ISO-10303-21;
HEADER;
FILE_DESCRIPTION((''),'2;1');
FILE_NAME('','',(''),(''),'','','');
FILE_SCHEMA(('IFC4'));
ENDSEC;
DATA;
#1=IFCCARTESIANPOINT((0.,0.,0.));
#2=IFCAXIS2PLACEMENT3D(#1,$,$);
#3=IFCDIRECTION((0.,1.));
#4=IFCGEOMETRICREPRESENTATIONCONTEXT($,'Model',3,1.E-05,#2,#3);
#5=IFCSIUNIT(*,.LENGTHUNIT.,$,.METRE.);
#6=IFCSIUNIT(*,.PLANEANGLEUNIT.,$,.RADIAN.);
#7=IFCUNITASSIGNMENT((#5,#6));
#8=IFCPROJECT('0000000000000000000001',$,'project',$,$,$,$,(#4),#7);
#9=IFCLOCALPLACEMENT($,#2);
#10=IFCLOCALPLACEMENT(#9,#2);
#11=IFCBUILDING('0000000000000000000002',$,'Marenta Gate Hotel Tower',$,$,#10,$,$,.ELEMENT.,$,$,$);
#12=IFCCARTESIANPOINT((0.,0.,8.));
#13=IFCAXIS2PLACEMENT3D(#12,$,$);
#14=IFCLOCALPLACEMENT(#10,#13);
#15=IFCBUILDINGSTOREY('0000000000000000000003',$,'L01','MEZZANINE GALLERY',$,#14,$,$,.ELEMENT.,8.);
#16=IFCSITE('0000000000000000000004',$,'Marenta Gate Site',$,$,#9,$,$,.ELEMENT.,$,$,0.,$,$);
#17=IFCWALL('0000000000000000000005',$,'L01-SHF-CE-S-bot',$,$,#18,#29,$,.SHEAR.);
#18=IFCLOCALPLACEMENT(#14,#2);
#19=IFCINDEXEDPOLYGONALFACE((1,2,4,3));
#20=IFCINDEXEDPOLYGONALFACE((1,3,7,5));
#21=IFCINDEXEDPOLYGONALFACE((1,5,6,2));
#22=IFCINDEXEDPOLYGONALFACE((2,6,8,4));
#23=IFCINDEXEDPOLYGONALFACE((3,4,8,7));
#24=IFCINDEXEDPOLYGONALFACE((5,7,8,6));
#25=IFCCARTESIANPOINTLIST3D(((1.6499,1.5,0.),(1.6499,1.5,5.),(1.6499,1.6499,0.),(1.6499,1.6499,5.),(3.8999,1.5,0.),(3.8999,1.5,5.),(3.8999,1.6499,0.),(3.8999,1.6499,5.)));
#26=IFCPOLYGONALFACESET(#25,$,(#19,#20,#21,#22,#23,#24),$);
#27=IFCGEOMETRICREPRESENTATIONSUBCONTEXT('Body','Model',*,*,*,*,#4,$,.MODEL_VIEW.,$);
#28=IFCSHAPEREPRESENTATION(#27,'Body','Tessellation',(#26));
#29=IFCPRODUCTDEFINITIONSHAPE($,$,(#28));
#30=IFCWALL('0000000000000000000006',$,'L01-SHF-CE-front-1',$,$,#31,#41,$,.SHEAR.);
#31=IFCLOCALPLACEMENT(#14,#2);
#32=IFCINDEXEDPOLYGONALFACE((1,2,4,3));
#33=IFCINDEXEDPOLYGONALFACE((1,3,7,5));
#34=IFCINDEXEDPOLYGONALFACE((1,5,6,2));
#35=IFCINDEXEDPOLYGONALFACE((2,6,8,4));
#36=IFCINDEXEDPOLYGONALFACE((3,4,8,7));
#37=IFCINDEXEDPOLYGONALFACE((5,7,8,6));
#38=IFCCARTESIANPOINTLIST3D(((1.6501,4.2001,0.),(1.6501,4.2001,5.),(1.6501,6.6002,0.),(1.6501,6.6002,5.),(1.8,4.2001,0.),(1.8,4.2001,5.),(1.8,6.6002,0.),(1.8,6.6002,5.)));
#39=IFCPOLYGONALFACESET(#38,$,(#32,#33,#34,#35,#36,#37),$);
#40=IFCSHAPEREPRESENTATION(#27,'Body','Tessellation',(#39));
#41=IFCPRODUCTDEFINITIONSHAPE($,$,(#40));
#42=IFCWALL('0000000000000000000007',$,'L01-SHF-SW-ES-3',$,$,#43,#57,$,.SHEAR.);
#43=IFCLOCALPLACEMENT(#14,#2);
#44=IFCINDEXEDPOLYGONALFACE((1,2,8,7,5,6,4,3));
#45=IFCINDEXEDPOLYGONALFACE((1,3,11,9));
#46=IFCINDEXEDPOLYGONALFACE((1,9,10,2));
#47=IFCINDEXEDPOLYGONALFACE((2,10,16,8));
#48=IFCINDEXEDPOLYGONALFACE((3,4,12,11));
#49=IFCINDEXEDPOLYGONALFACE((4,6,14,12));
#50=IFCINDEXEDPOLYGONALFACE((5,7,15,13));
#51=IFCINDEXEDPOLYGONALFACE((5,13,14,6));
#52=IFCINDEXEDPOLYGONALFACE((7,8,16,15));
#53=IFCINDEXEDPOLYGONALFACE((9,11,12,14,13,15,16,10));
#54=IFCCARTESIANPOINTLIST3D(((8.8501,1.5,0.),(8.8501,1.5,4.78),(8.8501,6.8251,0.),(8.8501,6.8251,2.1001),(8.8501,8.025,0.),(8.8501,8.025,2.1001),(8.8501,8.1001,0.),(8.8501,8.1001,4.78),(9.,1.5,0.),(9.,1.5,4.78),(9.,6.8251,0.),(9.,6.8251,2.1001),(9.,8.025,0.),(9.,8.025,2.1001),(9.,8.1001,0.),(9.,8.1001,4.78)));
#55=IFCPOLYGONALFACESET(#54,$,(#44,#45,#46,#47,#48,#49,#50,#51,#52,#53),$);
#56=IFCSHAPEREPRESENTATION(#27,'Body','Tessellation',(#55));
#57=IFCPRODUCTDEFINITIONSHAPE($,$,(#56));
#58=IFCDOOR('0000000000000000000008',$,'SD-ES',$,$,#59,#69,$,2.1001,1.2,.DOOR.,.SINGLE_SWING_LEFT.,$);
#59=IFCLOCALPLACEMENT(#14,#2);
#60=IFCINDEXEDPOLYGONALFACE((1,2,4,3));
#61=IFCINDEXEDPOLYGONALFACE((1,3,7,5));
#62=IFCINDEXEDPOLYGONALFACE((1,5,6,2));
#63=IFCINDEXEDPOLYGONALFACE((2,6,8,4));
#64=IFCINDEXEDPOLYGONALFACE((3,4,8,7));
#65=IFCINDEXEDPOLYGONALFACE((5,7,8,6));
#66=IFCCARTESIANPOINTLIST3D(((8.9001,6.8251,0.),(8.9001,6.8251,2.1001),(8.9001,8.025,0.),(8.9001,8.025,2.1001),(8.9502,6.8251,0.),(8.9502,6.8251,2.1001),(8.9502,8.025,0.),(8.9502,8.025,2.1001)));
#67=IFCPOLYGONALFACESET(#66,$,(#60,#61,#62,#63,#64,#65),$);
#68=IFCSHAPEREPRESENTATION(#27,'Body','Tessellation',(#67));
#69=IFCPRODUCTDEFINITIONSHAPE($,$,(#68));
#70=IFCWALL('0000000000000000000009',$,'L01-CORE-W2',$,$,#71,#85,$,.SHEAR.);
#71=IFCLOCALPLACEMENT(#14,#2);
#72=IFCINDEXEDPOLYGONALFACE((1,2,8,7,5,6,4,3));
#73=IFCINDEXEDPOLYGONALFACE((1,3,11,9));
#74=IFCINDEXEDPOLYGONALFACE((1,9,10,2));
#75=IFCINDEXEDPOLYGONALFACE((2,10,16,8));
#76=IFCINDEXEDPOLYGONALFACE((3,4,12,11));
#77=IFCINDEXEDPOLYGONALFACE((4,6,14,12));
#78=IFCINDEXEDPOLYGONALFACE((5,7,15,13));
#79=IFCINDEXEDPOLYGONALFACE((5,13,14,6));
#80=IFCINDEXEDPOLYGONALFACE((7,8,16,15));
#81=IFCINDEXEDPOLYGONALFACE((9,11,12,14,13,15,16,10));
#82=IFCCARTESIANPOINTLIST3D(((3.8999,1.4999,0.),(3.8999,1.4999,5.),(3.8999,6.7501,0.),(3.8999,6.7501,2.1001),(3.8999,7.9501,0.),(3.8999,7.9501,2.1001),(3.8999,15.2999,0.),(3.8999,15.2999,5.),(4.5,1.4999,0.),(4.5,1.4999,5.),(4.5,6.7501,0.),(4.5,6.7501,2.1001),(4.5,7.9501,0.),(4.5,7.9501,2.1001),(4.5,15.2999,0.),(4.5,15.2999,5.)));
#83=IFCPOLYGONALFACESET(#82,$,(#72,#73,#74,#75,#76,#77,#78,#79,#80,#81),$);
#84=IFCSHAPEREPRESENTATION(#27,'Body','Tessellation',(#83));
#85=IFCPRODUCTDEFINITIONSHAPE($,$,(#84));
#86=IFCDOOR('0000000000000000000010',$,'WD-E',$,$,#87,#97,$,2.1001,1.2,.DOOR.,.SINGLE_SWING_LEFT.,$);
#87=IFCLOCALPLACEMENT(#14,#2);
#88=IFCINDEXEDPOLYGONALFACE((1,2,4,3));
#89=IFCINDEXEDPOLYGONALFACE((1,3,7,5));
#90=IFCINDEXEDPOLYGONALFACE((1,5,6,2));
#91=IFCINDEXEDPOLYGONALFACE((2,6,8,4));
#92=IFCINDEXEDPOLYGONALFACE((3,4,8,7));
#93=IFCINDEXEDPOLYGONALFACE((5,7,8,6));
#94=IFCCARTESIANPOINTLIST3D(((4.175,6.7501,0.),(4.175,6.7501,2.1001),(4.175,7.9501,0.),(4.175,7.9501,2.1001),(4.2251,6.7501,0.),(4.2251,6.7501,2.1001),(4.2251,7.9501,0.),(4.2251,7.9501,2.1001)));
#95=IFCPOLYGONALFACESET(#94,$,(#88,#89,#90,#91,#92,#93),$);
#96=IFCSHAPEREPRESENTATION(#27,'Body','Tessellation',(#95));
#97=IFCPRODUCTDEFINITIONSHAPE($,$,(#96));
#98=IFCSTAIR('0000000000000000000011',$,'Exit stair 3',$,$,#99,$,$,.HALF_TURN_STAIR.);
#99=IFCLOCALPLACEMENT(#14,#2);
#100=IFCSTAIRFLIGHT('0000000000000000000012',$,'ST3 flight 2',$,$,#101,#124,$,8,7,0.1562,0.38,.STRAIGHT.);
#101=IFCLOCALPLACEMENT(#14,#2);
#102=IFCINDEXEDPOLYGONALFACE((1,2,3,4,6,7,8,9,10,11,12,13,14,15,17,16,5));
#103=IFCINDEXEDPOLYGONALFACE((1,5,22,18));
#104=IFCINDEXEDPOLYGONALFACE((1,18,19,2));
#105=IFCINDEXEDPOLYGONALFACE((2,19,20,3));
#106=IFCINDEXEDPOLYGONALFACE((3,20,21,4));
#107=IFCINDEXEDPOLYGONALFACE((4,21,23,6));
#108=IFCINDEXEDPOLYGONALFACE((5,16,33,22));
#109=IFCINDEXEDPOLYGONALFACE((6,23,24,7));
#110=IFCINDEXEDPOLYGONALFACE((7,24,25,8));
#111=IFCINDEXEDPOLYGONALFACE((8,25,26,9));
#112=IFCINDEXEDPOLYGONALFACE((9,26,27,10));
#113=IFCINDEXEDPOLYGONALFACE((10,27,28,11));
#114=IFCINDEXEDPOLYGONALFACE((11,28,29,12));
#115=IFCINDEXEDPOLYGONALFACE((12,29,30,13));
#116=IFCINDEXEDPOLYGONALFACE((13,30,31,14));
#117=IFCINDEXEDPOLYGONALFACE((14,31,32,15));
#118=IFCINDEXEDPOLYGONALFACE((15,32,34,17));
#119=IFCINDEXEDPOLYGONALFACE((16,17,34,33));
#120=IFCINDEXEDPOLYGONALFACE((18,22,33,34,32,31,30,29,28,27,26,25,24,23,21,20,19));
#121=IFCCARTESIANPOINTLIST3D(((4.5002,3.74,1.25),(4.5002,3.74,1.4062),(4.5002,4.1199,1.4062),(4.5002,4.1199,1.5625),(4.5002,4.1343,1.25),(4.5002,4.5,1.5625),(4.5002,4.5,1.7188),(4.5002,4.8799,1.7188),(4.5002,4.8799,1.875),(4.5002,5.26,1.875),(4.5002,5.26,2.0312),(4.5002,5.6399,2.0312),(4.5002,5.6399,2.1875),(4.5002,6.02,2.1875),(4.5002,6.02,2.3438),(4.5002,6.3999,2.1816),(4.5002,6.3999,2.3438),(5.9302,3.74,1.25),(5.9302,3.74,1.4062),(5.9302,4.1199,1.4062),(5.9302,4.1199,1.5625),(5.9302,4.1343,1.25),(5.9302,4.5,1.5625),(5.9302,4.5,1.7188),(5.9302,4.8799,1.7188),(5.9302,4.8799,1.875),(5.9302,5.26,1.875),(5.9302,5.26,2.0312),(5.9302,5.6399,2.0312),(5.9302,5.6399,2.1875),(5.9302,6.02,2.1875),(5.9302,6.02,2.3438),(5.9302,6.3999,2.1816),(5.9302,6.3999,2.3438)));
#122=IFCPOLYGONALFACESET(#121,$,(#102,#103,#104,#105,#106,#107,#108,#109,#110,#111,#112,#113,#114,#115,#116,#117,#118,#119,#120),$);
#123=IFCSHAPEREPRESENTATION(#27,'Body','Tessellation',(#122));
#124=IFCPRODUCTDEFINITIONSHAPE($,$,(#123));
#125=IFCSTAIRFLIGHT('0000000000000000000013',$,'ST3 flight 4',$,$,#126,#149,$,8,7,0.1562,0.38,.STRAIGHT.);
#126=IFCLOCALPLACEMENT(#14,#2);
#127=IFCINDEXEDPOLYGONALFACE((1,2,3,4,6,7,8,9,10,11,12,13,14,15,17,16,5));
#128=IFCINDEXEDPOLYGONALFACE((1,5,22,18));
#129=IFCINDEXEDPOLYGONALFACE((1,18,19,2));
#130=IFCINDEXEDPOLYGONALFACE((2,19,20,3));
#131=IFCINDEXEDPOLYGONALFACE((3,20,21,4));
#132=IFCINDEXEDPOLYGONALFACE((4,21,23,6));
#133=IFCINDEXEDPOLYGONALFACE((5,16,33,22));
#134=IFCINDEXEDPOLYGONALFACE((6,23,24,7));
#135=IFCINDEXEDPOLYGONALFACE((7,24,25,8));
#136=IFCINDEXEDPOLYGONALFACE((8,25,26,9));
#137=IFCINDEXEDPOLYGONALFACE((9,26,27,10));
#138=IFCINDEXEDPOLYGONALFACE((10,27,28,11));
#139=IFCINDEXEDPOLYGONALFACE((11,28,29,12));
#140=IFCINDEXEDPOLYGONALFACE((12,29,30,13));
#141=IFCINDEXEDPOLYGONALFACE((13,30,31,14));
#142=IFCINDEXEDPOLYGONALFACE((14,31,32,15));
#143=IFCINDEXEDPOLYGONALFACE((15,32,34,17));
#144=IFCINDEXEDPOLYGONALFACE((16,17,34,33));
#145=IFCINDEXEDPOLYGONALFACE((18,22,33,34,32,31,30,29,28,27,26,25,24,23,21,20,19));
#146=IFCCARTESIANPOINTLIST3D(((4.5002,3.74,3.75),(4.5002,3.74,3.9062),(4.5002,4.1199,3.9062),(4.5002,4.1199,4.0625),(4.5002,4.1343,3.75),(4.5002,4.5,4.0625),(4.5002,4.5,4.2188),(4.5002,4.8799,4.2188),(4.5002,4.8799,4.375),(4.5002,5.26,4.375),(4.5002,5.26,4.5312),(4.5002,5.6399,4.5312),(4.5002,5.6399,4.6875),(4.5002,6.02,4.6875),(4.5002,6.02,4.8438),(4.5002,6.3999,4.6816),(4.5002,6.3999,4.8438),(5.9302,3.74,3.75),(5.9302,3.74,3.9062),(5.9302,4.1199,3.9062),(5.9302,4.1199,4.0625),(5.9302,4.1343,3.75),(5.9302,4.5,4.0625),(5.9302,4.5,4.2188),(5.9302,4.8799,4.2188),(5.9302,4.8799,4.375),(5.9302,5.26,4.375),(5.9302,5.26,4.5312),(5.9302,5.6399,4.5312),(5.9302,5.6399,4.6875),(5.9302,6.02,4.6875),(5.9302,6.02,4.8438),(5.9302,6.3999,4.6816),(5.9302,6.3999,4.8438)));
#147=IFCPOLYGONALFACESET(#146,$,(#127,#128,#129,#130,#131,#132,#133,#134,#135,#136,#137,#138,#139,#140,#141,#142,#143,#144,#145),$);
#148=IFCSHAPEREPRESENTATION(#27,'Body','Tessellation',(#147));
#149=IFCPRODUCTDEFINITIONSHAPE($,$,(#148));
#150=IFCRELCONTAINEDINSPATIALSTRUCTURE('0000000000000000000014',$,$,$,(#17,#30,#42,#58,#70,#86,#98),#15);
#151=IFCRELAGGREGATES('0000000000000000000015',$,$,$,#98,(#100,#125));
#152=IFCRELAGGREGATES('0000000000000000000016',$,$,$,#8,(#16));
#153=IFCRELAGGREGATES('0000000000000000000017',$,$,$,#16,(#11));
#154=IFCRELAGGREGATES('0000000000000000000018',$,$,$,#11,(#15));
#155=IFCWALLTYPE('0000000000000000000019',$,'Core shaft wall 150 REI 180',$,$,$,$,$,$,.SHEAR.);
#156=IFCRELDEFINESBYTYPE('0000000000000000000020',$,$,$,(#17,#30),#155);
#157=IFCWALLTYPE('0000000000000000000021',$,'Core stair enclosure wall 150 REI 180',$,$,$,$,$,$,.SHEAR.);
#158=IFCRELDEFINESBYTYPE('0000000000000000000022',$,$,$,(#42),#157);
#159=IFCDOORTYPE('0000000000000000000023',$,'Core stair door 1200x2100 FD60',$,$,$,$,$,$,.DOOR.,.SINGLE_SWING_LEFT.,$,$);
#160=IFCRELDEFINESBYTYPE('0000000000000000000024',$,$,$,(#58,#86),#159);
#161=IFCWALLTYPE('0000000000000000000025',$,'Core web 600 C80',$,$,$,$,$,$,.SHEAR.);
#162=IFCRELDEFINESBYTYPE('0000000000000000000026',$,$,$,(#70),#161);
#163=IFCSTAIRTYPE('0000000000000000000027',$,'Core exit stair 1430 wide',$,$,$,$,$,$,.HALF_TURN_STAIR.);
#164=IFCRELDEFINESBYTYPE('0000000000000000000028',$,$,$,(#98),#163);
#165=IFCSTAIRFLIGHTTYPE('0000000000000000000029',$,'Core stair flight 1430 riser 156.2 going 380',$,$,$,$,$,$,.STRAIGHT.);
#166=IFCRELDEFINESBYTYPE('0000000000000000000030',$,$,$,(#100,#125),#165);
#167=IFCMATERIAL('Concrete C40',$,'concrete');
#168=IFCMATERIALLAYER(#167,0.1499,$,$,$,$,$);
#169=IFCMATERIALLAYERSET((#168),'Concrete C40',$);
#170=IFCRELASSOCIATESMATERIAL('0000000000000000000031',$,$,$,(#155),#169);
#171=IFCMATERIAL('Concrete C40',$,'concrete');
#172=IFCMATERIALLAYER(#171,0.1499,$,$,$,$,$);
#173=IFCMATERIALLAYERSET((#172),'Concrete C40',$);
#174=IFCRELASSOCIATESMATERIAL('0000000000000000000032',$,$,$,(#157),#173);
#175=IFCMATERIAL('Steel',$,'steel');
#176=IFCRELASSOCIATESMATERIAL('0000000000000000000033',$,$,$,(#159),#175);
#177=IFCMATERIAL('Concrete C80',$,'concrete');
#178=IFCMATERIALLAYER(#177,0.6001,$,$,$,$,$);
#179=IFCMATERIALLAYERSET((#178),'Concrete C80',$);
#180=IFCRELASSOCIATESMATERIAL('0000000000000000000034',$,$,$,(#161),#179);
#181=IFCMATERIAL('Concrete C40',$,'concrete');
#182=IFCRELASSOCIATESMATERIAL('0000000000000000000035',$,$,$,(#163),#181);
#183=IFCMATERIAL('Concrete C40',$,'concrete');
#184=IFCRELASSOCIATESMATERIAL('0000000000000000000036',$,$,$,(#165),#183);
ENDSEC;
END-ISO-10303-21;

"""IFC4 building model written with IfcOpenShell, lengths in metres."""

from ifc_helpers import new_model, si_unit, direction, frame, frame_2d, origin, place, context, subcontext, project, spatial, polyline, rectangle, outline, extrude, material, layer, layer_set, type_object, element, fill, aggregate, save


model = new_model("IFC4")

# Units and contexts
model_context = context("Model", 3, precision=1e-05, world=origin(), true_north=direction((0.0, 1.0)))
body_context = subcontext(model_context, "Body", "Model", "MODEL_VIEW")
ifc_project = project(units=[si_unit("LENGTHUNIT", "METRE"), si_unit("PLANEANGLEUNIT", "RADIAN")], contexts=[model_context])

# Site, building, storey
site_placement = place(None, origin())
site = spatial("IfcSite", under=ifc_project, at=site_placement, Name="Marenta Gate Site", CompositionType="ELEMENT", RefElevation=0.0)
building_placement = place(site_placement, origin())
building = spatial("IfcBuilding", under=site, at=building_placement, Name="Marenta Gate Hotel Tower", CompositionType="ELEMENT")
storey_placement = place(building_placement, frame((0.0, 0.0, 8.0)))
storey = spatial("IfcBuildingStorey", under=building, at=storey_placement, Name="L01", Description="MEZZANINE GALLERY", CompositionType="ELEMENT", Elevation=8.0)

# Shared definitions
ifc_material_1 = material(Name="Concrete C40", Category="concrete")
ifc_layer_1 = layer(ifc_material_1, 0.1499)
ifc_layer_set_1 = layer_set([ifc_layer_1], Name="Concrete C40")
wall_type_1 = type_object("IfcWallType", Name="Core shaft wall 150 REI 180", PredefinedType="SHEAR", material=ifc_layer_set_1)

# Walls
wall_1_placement = place(storey_placement, frame((1.6499, 1.575, 0.0), z_axis=(0.0, 0.0, 1.0), x_axis=(1.0, 0.0, 0.0)))
element("IfcWall", 1, at=wall_1_placement, inside=storey, type_object=wall_type_1, Name="L01-SHF-CE-S-bot", PredefinedType="SHEAR", context=body_context, shape_type="SweptSolid", body=[
    extrude(rectangle(XDim=2.25, YDim=0.1499, at=frame_2d((1.125, 0.0))), origin(), (0.0, 0.0, 1.0), 5.0),
])
wall_2_placement = place(storey_placement, frame((1.7251, 4.2, 0.0), z_axis=(0.0, 0.0, 1.0), x_axis=(0.0, 1.0, 0.0)))
element("IfcWall", 2, at=wall_2_placement, inside=storey, type_object=wall_type_1, Name="L01-SHF-CE-front-1", PredefinedType="SHEAR", context=body_context, shape_type="SweptSolid", body=[
    extrude(rectangle(XDim=2.4001, YDim=0.1499, at=frame_2d((1.2002, 0.0))), origin(), (0.0, 0.0, 1.0), 5.0),
])

# Walls, openings, doors
ifc_material_2 = material(Name="Concrete C40", Category="concrete")
ifc_layer_2 = layer(ifc_material_2, 0.1499)
ifc_layer_set_2 = layer_set([ifc_layer_2], Name="Concrete C40")
wall_type_2 = type_object("IfcWallType", Name="Core stair enclosure wall 150 REI 180", PredefinedType="SHEAR", material=ifc_layer_set_2)
wall_3_placement = place(storey_placement, frame((8.925, 1.5, 0.0), z_axis=(0.0, 0.0, 1.0), x_axis=(0.0, 1.0, 0.0)))
wall_3 = element("IfcWall", 3, at=wall_3_placement, inside=storey, type_object=wall_type_2, Name="L01-SHF-SW-ES-3", PredefinedType="SHEAR", context=body_context, shape_type="SweptSolid", body=[
    extrude(rectangle(XDim=6.6001, YDim=0.1499, at=frame_2d((3.3, 0.0))), origin(), (0.0, 0.0, 1.0), 4.78),
])
opening_1_placement = place(wall_3_placement, frame((5.325, 0.0, 0.0)))
opening_1 = element("IfcOpeningElement", 4, at=opening_1_placement, cuts=wall_3, PredefinedType="OPENING", context=body_context, shape_type="SweptSolid", body=[
    extrude(rectangle(XDim=1.2, YDim=2.1001, at=frame_2d((0.6001, 1.05))), frame((0.0, 0.075, 0.0), z_axis=(0.0, -1.0, 0.0), x_axis=(1.0, 0.0, 0.0)), (0.0, 0.0, 1.0), 0.1499),
])
ifc_material_3 = material(Name="Steel", Category="steel")
door_type_1 = type_object("IfcDoorType", Name="Core stair door 1200x2100 FD60", OperationType="SINGLE_SWING_LEFT", PredefinedType="DOOR", material=ifc_material_3)
door_1_placement = place(opening_1_placement, origin())
door_1 = element("IfcDoor", 5, at=door_1_placement, inside=storey, type_object=door_type_1, Name="SD-ES", OperationType="SINGLE_SWING_LEFT", OverallHeight=2.1001, OverallWidth=1.2, PredefinedType="DOOR", context=body_context, shape_type="SweptSolid", body=[
    extrude(rectangle(XDim=1.2, YDim=2.1001, at=frame_2d((0.6001, 1.05))), frame((0.0, 0.0249, 0.0), z_axis=(0.0, -1.0, 0.0), x_axis=(1.0, 0.0, 0.0)), (0.0, 0.0, 1.0), 0.05),
])
fill(opening_1, door_1)
ifc_material_4 = material(Name="Concrete C80", Category="concrete")
ifc_layer_3 = layer(ifc_material_4, 0.6001)
ifc_layer_set_3 = layer_set([ifc_layer_3], Name="Concrete C80")
wall_type_3 = type_object("IfcWallType", Name="Core web 600 C80", PredefinedType="SHEAR", material=ifc_layer_set_3)
wall_4_placement = place(storey_placement, frame((4.2, 1.5, 0.0), z_axis=(0.0, 0.0, 1.0), x_axis=(0.0, 1.0, 0.0)))
wall_4 = element("IfcWall", 6, at=wall_4_placement, inside=storey, type_object=wall_type_3, Name="L01-CORE-W2", PredefinedType="SHEAR", context=body_context, shape_type="SweptSolid", body=[
    extrude(rectangle(XDim=13.8, YDim=0.6001, at=frame_2d((6.8999, 0.0))), origin(), (0.0, 0.0, 1.0), 5.0),
])
opening_2_placement = place(wall_4_placement, frame((5.25, 0.0, 0.0)))
opening_2 = element("IfcOpeningElement", 7, at=opening_2_placement, cuts=wall_4, PredefinedType="OPENING", context=body_context, shape_type="SweptSolid", body=[
    extrude(rectangle(XDim=1.2, YDim=2.1001, at=frame_2d((0.6001, 1.05))), frame((0.0, 0.3, 0.0), z_axis=(0.0, -1.0, 0.0), x_axis=(1.0, 0.0, 0.0)), (0.0, 0.0, 1.0), 0.6001),
])
door_2_placement = place(opening_2_placement, origin())
door_2 = element("IfcDoor", 8, at=door_2_placement, inside=storey, type_object=door_type_1, Name="WD-E", OperationType="SINGLE_SWING_LEFT", OverallHeight=2.1001, OverallWidth=1.2, PredefinedType="DOOR", context=body_context, shape_type="SweptSolid", body=[
    extrude(rectangle(XDim=1.2, YDim=2.1001, at=frame_2d((0.6001, 1.05))), frame((0.0, 0.0249, 0.0), z_axis=(0.0, -1.0, 0.0), x_axis=(1.0, 0.0, 0.0)), (0.0, 0.0, 1.0), 0.05),
])
fill(opening_2, door_2)

# Stair, stair flights
ifc_material_5 = material(Name="Concrete C40", Category="concrete")
stair_type_1 = type_object("IfcStairType", Name="Core exit stair 1430 wide", PredefinedType="HALF_TURN_STAIR", material=ifc_material_5)
stair_1_placement = place(storey_placement, origin())
stair_1 = element("IfcStair", 9, at=stair_1_placement, inside=storey, type_object=stair_type_1, Name="Exit stair 3", PredefinedType="HALF_TURN_STAIR")
ifc_material_6 = material(Name="Concrete C40", Category="concrete")
stair_flight_type = type_object("IfcStairFlightType", Name="Core stair flight 1430 riser 156.2 going 380", PredefinedType="STRAIGHT", material=ifc_material_6)
stair_flight_1_placement = place(storey_placement, frame((5.2151, 3.74, 1.25), z_axis=(0.0, 0.0, 1.0), x_axis=(0.0, 1.0, 0.0)))
stair_flight_1 = element("IfcStairFlight", 10, at=stair_flight_1_placement, type_object=stair_flight_type, Name="ST3 flight 2", NumberOfRisers=8, NumberOfTreads=7, PredefinedType="STRAIGHT", RiserHeight=0.1562, TreadLength=0.38, context=body_context, shape_type="SweptSolid", body=[
    extrude(outline(polyline([(0.0, 0.0), (0.0, 0.1562), (0.3799, 0.1562), (0.3799, 0.3125), (0.76, 0.3125), (0.76, 0.4688), (1.1399, 0.4688), (1.1399, 0.625), (1.52, 0.625), (1.52, 0.7812), (1.8999, 0.7812), (1.8999, 0.9375), (2.28, 0.9375), (2.28, 1.0938), (2.6599, 1.0938), (2.6599, 1.25), (2.6599, 0.9316), (0.3943, 0.0), (0.0, 0.0)])), frame((0.0, 0.7148, 0.0), z_axis=(0.0, -1.0, 0.0), x_axis=(1.0, 0.0, 0.0)), (0.0, 0.0, 1.0), 1.4299),
])
stair_flight_2_placement = place(storey_placement, frame((5.2151, 3.74, 3.75), z_axis=(0.0, 0.0, 1.0), x_axis=(0.0, 1.0, 0.0)))
stair_flight_2 = element("IfcStairFlight", 11, at=stair_flight_2_placement, type_object=stair_flight_type, Name="ST3 flight 4", NumberOfRisers=8, NumberOfTreads=7, PredefinedType="STRAIGHT", RiserHeight=0.1562, TreadLength=0.38, context=body_context, shape_type="SweptSolid", body=[
    extrude(outline(polyline([(0.0, 0.0), (0.0, 0.1562), (0.3799, 0.1562), (0.3799, 0.3125), (0.76, 0.3125), (0.76, 0.4688), (1.1399, 0.4688), (1.1399, 0.625), (1.52, 0.625), (1.52, 0.7812), (1.8999, 0.7812), (1.8999, 0.9375), (2.28, 0.9375), (2.28, 1.0938), (2.6599, 1.0938), (2.6599, 1.25), (2.6599, 0.9316), (0.3943, 0.0), (0.0, 0.0)])), frame((0.0, 0.7148, 0.0), z_axis=(0.0, -1.0, 0.0), x_axis=(1.0, 0.0, 0.0)), (0.0, 0.0, 1.0), 1.4299),
])
aggregate(stair_1, [stair_flight_1, stair_flight_2])

save(model, "model.ifc")
